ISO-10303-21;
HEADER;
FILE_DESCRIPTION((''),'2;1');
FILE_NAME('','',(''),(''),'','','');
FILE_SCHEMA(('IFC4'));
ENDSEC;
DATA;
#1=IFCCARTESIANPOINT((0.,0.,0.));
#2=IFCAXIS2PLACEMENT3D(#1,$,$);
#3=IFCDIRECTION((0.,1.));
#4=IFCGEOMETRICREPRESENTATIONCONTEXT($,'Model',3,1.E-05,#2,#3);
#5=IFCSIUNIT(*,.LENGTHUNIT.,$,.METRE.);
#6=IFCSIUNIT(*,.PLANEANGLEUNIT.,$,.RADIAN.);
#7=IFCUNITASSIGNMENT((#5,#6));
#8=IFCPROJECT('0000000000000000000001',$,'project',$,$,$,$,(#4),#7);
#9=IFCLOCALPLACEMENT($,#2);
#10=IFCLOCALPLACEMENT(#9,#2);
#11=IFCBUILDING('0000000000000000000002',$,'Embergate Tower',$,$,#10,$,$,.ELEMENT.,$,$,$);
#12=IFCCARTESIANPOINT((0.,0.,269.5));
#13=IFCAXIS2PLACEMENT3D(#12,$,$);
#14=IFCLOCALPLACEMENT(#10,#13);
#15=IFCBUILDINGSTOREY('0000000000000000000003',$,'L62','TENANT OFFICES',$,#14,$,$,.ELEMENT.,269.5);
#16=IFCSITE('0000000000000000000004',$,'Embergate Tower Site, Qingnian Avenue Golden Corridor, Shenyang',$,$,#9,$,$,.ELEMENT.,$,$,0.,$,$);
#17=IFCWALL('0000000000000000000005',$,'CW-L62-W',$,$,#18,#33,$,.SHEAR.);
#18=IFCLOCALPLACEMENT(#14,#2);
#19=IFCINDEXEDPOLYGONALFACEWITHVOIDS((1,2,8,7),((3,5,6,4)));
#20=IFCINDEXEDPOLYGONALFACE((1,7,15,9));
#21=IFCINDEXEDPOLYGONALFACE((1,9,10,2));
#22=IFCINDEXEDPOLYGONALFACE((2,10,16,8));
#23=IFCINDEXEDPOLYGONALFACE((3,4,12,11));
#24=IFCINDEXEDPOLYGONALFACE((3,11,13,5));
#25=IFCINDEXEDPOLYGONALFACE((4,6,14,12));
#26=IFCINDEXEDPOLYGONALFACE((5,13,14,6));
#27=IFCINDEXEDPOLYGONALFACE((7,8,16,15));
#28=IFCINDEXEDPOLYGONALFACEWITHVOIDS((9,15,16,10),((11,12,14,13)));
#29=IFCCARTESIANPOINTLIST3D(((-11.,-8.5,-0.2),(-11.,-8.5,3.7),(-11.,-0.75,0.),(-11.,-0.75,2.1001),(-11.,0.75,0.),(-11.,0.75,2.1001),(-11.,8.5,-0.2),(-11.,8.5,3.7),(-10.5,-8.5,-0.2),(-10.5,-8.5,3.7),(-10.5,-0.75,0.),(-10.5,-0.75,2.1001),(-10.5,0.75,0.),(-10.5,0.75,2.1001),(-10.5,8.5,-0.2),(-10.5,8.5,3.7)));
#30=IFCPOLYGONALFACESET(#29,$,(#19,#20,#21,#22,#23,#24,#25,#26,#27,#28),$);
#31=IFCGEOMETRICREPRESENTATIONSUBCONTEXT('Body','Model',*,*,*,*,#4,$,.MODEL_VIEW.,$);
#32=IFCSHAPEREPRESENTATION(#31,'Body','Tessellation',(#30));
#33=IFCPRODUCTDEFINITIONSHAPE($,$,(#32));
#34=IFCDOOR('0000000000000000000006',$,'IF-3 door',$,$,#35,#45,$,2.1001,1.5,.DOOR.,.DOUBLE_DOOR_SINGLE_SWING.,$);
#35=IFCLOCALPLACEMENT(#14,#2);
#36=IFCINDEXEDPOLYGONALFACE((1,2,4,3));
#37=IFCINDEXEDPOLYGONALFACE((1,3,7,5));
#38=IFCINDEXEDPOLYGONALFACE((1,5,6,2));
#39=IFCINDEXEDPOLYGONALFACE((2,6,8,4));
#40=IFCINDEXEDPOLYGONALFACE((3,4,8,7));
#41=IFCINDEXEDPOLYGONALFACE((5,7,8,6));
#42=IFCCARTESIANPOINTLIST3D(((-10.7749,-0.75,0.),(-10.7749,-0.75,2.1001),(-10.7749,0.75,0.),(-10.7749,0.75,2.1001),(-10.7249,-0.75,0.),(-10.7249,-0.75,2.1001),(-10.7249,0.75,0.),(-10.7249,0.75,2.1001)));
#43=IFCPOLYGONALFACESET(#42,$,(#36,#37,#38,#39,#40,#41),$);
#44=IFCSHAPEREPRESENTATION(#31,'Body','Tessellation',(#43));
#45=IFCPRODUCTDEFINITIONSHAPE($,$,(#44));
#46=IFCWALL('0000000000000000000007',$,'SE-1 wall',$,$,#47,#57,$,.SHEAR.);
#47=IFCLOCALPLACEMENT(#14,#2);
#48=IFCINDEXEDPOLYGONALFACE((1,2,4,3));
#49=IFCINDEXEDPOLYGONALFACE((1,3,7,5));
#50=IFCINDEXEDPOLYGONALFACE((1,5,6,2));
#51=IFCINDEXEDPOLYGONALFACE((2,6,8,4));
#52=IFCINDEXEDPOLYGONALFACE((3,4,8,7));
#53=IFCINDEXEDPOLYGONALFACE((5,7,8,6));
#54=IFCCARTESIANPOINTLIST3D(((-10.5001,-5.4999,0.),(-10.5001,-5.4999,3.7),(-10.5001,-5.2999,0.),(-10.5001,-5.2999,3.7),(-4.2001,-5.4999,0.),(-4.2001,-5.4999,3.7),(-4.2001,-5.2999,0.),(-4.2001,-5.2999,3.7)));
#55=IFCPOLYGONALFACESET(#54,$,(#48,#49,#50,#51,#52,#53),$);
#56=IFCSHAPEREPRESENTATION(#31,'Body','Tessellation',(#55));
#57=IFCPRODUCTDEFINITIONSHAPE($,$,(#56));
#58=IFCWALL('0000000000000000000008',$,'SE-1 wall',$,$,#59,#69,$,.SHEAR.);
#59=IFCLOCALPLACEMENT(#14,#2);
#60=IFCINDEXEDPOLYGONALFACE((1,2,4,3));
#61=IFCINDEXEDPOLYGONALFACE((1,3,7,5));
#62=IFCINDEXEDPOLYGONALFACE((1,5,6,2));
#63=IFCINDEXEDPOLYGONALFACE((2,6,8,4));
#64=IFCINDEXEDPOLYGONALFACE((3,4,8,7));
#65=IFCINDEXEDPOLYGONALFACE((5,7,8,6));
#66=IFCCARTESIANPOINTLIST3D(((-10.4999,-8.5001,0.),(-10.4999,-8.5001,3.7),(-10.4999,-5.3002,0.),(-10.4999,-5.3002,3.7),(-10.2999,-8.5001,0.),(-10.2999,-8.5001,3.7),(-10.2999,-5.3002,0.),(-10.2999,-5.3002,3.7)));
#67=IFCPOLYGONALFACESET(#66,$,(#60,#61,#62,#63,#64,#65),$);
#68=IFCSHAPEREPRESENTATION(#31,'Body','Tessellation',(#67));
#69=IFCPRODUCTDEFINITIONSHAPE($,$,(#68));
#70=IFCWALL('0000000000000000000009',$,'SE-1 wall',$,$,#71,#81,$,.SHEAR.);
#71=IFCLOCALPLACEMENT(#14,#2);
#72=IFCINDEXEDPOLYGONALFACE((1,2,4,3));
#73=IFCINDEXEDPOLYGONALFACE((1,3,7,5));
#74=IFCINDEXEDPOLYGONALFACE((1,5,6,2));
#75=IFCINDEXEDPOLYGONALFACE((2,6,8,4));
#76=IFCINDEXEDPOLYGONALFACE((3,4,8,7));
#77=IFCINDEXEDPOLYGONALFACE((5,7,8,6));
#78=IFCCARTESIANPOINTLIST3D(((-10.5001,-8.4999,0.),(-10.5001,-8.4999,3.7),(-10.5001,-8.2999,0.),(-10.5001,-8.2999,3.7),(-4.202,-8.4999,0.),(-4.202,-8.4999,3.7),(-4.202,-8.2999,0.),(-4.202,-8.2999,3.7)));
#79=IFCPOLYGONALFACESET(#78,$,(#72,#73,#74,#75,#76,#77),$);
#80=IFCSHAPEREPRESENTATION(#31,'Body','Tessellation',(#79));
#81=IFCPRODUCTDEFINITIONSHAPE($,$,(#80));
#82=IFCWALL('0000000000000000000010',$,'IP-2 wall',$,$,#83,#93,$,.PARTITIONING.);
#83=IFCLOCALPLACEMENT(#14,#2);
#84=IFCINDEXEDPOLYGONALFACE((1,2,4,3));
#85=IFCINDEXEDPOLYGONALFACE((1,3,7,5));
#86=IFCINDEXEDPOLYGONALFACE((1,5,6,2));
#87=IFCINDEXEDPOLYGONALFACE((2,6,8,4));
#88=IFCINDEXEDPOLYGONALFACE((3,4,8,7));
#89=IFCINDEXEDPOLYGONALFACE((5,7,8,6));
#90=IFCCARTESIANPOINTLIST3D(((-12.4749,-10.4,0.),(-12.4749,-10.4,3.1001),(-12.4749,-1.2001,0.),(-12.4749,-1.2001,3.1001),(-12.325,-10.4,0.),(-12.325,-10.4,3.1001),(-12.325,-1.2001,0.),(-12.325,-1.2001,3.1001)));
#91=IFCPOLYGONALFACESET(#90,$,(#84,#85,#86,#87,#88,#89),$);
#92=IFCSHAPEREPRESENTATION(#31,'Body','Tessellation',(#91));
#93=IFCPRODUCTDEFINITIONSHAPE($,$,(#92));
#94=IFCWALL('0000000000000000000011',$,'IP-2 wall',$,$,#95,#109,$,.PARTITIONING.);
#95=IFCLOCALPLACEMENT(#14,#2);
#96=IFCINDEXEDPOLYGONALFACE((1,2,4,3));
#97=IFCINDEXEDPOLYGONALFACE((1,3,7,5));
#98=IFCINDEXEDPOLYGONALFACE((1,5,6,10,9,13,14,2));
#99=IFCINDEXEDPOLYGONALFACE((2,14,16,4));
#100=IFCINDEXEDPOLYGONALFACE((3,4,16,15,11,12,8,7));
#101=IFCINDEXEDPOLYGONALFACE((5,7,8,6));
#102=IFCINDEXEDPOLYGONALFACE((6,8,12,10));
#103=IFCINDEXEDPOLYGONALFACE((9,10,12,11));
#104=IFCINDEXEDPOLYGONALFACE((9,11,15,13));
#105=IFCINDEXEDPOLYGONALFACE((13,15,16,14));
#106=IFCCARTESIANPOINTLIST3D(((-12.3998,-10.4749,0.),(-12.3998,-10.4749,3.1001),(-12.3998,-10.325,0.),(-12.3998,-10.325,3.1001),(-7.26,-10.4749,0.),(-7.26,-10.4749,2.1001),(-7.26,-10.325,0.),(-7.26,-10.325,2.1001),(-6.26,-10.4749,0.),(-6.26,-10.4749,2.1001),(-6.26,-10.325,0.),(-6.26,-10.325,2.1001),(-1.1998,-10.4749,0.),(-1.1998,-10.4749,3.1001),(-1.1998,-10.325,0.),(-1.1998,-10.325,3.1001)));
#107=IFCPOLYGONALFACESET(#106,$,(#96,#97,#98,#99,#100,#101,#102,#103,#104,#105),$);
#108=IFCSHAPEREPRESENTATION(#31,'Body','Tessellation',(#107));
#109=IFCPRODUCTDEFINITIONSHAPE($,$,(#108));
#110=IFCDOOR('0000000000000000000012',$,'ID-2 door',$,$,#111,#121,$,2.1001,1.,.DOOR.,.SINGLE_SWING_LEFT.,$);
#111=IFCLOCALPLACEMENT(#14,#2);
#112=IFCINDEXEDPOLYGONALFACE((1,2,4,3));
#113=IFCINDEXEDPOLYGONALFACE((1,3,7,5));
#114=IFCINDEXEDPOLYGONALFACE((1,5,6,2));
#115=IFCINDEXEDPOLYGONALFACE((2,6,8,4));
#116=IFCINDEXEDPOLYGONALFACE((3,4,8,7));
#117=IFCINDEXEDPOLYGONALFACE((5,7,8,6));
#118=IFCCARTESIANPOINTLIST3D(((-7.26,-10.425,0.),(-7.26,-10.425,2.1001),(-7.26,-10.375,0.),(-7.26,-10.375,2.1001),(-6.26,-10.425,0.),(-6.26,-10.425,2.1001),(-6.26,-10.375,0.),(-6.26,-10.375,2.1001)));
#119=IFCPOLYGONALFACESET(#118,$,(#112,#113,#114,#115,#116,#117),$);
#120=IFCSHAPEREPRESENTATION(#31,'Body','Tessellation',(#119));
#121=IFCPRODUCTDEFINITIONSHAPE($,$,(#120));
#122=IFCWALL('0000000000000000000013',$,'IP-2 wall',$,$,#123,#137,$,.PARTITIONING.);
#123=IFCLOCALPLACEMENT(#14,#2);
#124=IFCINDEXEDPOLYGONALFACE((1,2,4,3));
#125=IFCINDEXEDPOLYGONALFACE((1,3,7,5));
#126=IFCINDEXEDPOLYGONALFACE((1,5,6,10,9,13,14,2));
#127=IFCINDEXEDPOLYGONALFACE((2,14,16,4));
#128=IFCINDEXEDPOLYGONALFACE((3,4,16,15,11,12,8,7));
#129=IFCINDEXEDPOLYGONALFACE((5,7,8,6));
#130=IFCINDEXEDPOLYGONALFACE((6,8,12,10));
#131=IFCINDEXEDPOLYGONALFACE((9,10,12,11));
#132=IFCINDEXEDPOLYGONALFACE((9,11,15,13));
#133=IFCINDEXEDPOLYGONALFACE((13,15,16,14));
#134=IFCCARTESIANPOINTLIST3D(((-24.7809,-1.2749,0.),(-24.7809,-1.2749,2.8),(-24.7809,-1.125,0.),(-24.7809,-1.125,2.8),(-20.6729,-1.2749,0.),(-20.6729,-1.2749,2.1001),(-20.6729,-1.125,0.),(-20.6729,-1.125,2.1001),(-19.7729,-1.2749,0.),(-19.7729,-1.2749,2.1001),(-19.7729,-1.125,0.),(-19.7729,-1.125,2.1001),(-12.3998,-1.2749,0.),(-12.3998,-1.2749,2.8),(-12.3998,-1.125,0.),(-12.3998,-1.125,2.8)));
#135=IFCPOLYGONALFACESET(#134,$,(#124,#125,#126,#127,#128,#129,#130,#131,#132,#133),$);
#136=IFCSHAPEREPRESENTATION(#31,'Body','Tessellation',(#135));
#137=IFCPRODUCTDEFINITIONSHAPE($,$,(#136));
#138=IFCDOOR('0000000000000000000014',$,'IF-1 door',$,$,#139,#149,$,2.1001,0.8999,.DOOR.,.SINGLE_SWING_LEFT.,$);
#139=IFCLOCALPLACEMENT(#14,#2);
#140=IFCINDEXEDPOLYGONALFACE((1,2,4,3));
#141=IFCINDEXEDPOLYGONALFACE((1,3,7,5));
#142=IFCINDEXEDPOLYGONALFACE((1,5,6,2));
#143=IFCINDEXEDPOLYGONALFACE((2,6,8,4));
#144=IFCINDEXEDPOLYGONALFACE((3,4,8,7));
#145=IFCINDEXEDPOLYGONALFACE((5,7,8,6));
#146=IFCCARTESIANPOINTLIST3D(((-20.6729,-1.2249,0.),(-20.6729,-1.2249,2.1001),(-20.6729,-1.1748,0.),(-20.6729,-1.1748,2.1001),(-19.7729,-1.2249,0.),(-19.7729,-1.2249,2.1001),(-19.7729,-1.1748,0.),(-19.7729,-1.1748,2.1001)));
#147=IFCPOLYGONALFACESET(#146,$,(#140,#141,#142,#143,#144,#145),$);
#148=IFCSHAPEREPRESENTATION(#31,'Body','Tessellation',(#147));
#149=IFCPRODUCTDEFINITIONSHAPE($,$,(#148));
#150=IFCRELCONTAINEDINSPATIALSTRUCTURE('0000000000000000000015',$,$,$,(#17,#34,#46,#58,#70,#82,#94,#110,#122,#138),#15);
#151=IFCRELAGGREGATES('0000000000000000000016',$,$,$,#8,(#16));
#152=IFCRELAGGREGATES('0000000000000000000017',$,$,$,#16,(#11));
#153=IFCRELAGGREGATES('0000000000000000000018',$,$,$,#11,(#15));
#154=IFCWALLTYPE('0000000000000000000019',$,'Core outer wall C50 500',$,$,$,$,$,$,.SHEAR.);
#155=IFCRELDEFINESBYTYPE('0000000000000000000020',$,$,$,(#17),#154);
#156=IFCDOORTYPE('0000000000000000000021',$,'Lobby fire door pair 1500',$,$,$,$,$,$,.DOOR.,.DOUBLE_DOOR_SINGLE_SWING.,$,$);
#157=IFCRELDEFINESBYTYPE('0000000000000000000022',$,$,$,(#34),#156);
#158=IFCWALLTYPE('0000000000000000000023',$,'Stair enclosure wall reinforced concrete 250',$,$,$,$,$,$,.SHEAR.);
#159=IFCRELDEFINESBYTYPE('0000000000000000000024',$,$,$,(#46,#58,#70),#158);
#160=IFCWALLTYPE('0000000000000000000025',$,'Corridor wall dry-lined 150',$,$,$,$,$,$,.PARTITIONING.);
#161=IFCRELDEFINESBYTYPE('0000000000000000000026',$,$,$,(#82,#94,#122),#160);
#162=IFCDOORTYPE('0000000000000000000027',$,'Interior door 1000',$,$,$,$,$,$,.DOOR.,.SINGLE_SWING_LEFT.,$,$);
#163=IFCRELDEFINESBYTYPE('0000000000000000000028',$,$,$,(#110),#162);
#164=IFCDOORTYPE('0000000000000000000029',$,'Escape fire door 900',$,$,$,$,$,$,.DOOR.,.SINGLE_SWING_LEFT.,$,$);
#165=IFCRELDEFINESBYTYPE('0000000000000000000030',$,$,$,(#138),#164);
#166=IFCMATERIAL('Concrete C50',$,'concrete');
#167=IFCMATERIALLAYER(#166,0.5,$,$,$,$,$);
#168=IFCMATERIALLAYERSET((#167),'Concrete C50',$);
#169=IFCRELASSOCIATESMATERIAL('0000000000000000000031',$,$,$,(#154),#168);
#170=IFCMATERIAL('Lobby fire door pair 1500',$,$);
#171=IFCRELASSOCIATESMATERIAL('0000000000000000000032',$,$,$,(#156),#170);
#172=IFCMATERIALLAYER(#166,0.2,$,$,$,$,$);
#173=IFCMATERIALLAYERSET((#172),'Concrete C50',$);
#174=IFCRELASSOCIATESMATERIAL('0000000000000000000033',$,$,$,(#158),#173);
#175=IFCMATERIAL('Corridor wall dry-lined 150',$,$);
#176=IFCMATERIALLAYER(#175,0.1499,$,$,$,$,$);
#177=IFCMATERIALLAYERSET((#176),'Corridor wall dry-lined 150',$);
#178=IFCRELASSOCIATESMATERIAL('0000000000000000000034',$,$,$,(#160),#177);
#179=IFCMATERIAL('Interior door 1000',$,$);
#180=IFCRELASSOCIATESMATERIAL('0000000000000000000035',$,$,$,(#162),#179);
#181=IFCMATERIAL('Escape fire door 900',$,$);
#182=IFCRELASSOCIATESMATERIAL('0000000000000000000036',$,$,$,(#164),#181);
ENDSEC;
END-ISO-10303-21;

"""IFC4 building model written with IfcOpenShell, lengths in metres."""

from ifc_helpers import new_model, si_unit, direction, frame, frame_2d, origin, place, context, subcontext, project, spatial, rectangle, extrude, source, transform, mapped, material, layer, layer_set, type_object, element, fill, save


model = new_model("IFC4")

# Units and contexts
model_context = context("Model", 3, precision=1e-05, world=origin(), true_north=direction((0.0, 1.0)))
body_context = subcontext(model_context, "Body", "Model", "MODEL_VIEW")
ifc_project = project(units=[si_unit("LENGTHUNIT", "METRE"), si_unit("PLANEANGLEUNIT", "RADIAN")], contexts=[model_context])

# Site, building, storey
site_placement = place(None, origin())
site = spatial("IfcSite", under=ifc_project, at=site_placement, Name="Embergate Tower Site, Qingnian Avenue Golden Corridor, Shenyang", CompositionType="ELEMENT", RefElevation=0.0)
building_placement = place(site_placement, origin())
building = spatial("IfcBuilding", under=site, at=building_placement, Name="Embergate Tower", CompositionType="ELEMENT")
storey_placement = place(building_placement, frame((0.0, 0.0, 269.5)))
storey = spatial("IfcBuildingStorey", under=building, at=storey_placement, Name="L62", Description="TENANT OFFICES", CompositionType="ELEMENT", Elevation=269.5)

# Shared definitions
ifc_material_1 = material(Name="Concrete C50", Category="concrete")
ifc_layer_1 = layer(ifc_material_1, 0.5)
ifc_layer_set_1 = layer_set([ifc_layer_1], Name="Concrete C50")
wall_type_1 = type_object("IfcWallType", Name="Core outer wall C50 500", PredefinedType="SHEAR", material=ifc_layer_set_1)

# Wall, opening, door
shared_shape_1 = source(origin(), body_context, "Body", "SweptSolid", [
    extrude(rectangle(XDim=17.0, YDim=0.5, at=frame_2d((8.5, 0.0))), origin(), (0.0, 0.0, 1.0), 3.8999),
])
wall_1_placement = place(storey_placement, frame((-10.75, -8.5, -0.2), z_axis=(0.0, 0.0, 1.0), x_axis=(0.0, 1.0, 0.0)))
wall_1 = element("IfcWall", 1, at=wall_1_placement, inside=storey, type_object=wall_type_1, Name="CW-L62-W", PredefinedType="SHEAR", context=body_context, shape_type="MappedRepresentation", body=[
    mapped(shared_shape_1, transform((0.0, 0.0, 0.0))),
])
shared_shape_2 = source(origin(), body_context, "Body", "SweptSolid", [
    extrude(rectangle(XDim=1.5, YDim=2.1001, at=frame_2d((0.75, 1.05))), frame((0.0, 0.26, 0.0), z_axis=(0.0, -1.0, 0.0), x_axis=(1.0, 0.0, 0.0)), (0.0, 0.0, 1.0), 0.52),
])
opening_1_placement = place(wall_1_placement, frame((7.75, 0.0, 0.2)))
opening_1 = element("IfcOpeningElement", 2, at=opening_1_placement, cuts=wall_1, PredefinedType="OPENING", context=body_context, shape_type="MappedRepresentation", body=[
    mapped(shared_shape_2, transform((0.0, 0.0, 0.0))),
])
ifc_material_2 = material(Name="Lobby fire door pair 1500")
door_type_1 = type_object("IfcDoorType", Name="Lobby fire door pair 1500", OperationType="DOUBLE_DOOR_SINGLE_SWING", PredefinedType="DOOR", material=ifc_material_2)
shared_shape_3 = source(origin(), body_context, "Body", "SweptSolid", [
    extrude(rectangle(XDim=1.5, YDim=2.1001, at=frame_2d((0.75, 1.05))), frame((0.0, 0.0249, 0.0), z_axis=(0.0, -1.0, 0.0), x_axis=(1.0, 0.0, 0.0)), (0.0, 0.0, 1.0), 0.05),
])
door_1_placement = place(opening_1_placement, origin())
door_1 = element("IfcDoor", 3, at=door_1_placement, inside=storey, type_object=door_type_1, Name="IF-3 door", OperationType="DOUBLE_DOOR_SINGLE_SWING", OverallHeight=2.1001, OverallWidth=1.5, PredefinedType="DOOR", context=body_context, shape_type="MappedRepresentation", body=[
    mapped(shared_shape_3, transform((0.0, 0.0, 0.0))),
])
fill(opening_1, door_1)

# Walls
ifc_layer_2 = layer(ifc_material_1, 0.2)
ifc_layer_set_2 = layer_set([ifc_layer_2], Name="Concrete C50")
wall_type_2 = type_object("IfcWallType", Name="Stair enclosure wall reinforced concrete 250", PredefinedType="SHEAR", material=ifc_layer_set_2)
shared_shape_4 = source(origin(), body_context, "Body", "SweptSolid", [
    extrude(rectangle(XDim=6.3, YDim=0.2, at=frame_2d((3.1499, 0.0))), origin(), (0.0, 0.0, 1.0), 3.7),
])
wall_2_placement = place(storey_placement, frame((-10.5, -5.3999, 0.0), z_axis=(0.0, 0.0, 1.0), x_axis=(1.0, 0.0, 0.0)))
element("IfcWall", 4, at=wall_2_placement, inside=storey, type_object=wall_type_2, Name="SE-1 wall", PredefinedType="SHEAR", context=body_context, shape_type="MappedRepresentation", body=[
    mapped(shared_shape_4, transform((0.0, 0.0, 0.0))),
])
shared_shape_5 = source(origin(), body_context, "Body", "SweptSolid", [
    extrude(rectangle(XDim=3.2, YDim=0.2, at=frame_2d((1.6001, 0.0))), origin(), (0.0, 0.0, 1.0), 3.7),
])
wall_3_placement = place(storey_placement, frame((-10.3999, -5.3, 0.0), z_axis=(0.0, 0.0, 1.0), x_axis=(0.0, -1.0, 0.0)))
element("IfcWall", 5, at=wall_3_placement, inside=storey, type_object=wall_type_2, Name="SE-1 wall", PredefinedType="SHEAR", context=body_context, shape_type="MappedRepresentation", body=[
    mapped(shared_shape_5, transform((0.0, 0.0, 0.0))),
])
shared_shape_6 = source(origin(), body_context, "Body", "SweptSolid", [
    extrude(rectangle(XDim=6.2981, YDim=0.2, at=frame_2d((3.1489, 0.0))), origin(), (0.0, 0.0, 1.0), 3.7),
])
wall_4_placement = place(storey_placement, frame((-10.5, -8.3999, 0.0), z_axis=(0.0, 0.0, 1.0), x_axis=(1.0, 0.0, 0.0)))
element("IfcWall", 6, at=wall_4_placement, inside=storey, type_object=wall_type_2, Name="SE-1 wall", PredefinedType="SHEAR", context=body_context, shape_type="MappedRepresentation", body=[
    mapped(shared_shape_6, transform((0.0, 0.0, 0.0))),
])
ifc_material_3 = material(Name="Corridor wall dry-lined 150")
ifc_layer_3 = layer(ifc_material_3, 0.1499)
ifc_layer_set_3 = layer_set([ifc_layer_3], Name="Corridor wall dry-lined 150")
wall_type_3 = type_object("IfcWallType", Name="Corridor wall dry-lined 150", PredefinedType="PARTITIONING", material=ifc_layer_set_3)
shared_shape_7 = source(origin(), body_context, "Body", "SweptSolid", [
    extrude(rectangle(XDim=9.2, YDim=0.1499, at=frame_2d((4.6001, 0.0))), origin(), (0.0, 0.0, 1.0), 3.1001),
])
wall_5_placement = place(storey_placement, frame((-12.3999, -1.2, 0.0), z_axis=(0.0, 0.0, 1.0), x_axis=(0.0, -1.0, 0.0)))
element("IfcWall", 7, at=wall_5_placement, inside=storey, type_object=wall_type_3, Name="IP-2 wall", PredefinedType="PARTITIONING", context=body_context, shape_type="MappedRepresentation", body=[
    mapped(shared_shape_7, transform((0.0, 0.0, 0.0))),
])

# Walls, openings, doors
shared_shape_8 = source(origin(), body_context, "Body", "SweptSolid", [
    extrude(rectangle(XDim=11.2, YDim=0.1499, at=frame_2d((5.6001, 0.0))), origin(), (0.0, 0.0, 1.0), 3.1001),
])
wall_6_placement = place(storey_placement, frame((-12.3999, -10.3999, 0.0), z_axis=(0.0, 0.0, 1.0), x_axis=(1.0, 0.0, 0.0)))
wall_6 = element("IfcWall", 8, at=wall_6_placement, inside=storey, type_object=wall_type_3, Name="IP-2 wall", PredefinedType="PARTITIONING", context=body_context, shape_type="MappedRepresentation", body=[
    mapped(shared_shape_8, transform((0.0, 0.0, 0.0))),
])
shared_shape_9 = source(origin(), body_context, "Body", "SweptSolid", [
    extrude(rectangle(XDim=1.0, YDim=2.1001, at=frame_2d((0.5, 1.05))), frame((0.0, 0.085, 0.0), z_axis=(0.0, -1.0, 0.0), x_axis=(1.0, 0.0, 0.0)), (0.0, 0.0, 1.0), 0.1699),
])
opening_2_placement = place(wall_6_placement, frame((5.1399, 0.0, 0.0)))
opening_2 = element("IfcOpeningElement", 9, at=opening_2_placement, cuts=wall_6, PredefinedType="OPENING", context=body_context, shape_type="MappedRepresentation", body=[
    mapped(shared_shape_9, transform((0.0, 0.0, 0.0))),
])
ifc_material_4 = material(Name="Interior door 1000")
door_type_2 = type_object("IfcDoorType", Name="Interior door 1000", OperationType="SINGLE_SWING_LEFT", PredefinedType="DOOR", material=ifc_material_4)
shared_shape_10 = source(origin(), body_context, "Body", "SweptSolid", [
    extrude(rectangle(XDim=1.0, YDim=2.1001, at=frame_2d((0.5, 1.05))), frame((0.0, 0.0249, 0.0), z_axis=(0.0, -1.0, 0.0), x_axis=(1.0, 0.0, 0.0)), (0.0, 0.0, 1.0), 0.05),
])
door_2_placement = place(opening_2_placement, origin())
door_2 = element("IfcDoor", 10, at=door_2_placement, inside=storey, type_object=door_type_2, Name="ID-2 door", OperationType="SINGLE_SWING_LEFT", OverallHeight=2.1001, OverallWidth=1.0, PredefinedType="DOOR", context=body_context, shape_type="MappedRepresentation", body=[
    mapped(shared_shape_10, transform((0.0, 0.0, 0.0))),
])
fill(opening_2, door_2)
shared_shape_11 = source(origin(), body_context, "Body", "SweptSolid", [
    extrude(rectangle(XDim=12.3811, YDim=0.1499, at=frame_2d((6.1904, 0.0))), origin(), (0.0, 0.0, 1.0), 2.8),
])
wall_7_placement = place(storey_placement, frame((-12.3999, -1.2, 0.0), z_axis=(0.0, 0.0, 1.0), x_axis=(-1.0, 0.0, 0.0)))
wall_7 = element("IfcWall", 11, at=wall_7_placement, inside=storey, type_object=wall_type_3, Name="IP-2 wall", PredefinedType="PARTITIONING", context=body_context, shape_type="MappedRepresentation", body=[
    mapped(shared_shape_11, transform((0.0, 0.0, 0.0))),
])
shared_shape_12 = source(origin(), body_context, "Body", "SweptSolid", [
    extrude(rectangle(XDim=0.8999, YDim=2.1001, at=frame_2d((0.45, 1.05))), frame((0.0, 0.085, 0.0), z_axis=(0.0, -1.0, 0.0), x_axis=(1.0, 0.0, 0.0)), (0.0, 0.0, 1.0), 0.1699),
])
opening_3_placement = place(wall_7_placement, frame((7.373, 0.0, 0.0)))
opening_3 = element("IfcOpeningElement", 12, at=opening_3_placement, cuts=wall_7, PredefinedType="OPENING", context=body_context, shape_type="MappedRepresentation", body=[
    mapped(shared_shape_12, transform((0.0, 0.0, 0.0))),
])
ifc_material_5 = material(Name="Escape fire door 900")
door_type_3 = type_object("IfcDoorType", Name="Escape fire door 900", OperationType="SINGLE_SWING_LEFT", PredefinedType="DOOR", material=ifc_material_5)
shared_shape_13 = source(origin(), body_context, "Body", "SweptSolid", [
    extrude(rectangle(XDim=0.8999, YDim=2.1001, at=frame_2d((0.45, 1.05))), frame((0.0, 0.0249, 0.0), z_axis=(0.0, -1.0, 0.0), x_axis=(1.0, 0.0, 0.0)), (0.0, 0.0, 1.0), 0.05),
])
door_3_placement = place(opening_3_placement, origin())
door_3 = element("IfcDoor", 13, at=door_3_placement, inside=storey, type_object=door_type_3, Name="IF-1 door", OperationType="SINGLE_SWING_LEFT", OverallHeight=2.1001, OverallWidth=0.8999, PredefinedType="DOOR", context=body_context, shape_type="MappedRepresentation", body=[
    mapped(shared_shape_13, transform((0.0, 0.0, 0.0))),
])
fill(opening_3, door_3)

save(model, "model.ifc")
